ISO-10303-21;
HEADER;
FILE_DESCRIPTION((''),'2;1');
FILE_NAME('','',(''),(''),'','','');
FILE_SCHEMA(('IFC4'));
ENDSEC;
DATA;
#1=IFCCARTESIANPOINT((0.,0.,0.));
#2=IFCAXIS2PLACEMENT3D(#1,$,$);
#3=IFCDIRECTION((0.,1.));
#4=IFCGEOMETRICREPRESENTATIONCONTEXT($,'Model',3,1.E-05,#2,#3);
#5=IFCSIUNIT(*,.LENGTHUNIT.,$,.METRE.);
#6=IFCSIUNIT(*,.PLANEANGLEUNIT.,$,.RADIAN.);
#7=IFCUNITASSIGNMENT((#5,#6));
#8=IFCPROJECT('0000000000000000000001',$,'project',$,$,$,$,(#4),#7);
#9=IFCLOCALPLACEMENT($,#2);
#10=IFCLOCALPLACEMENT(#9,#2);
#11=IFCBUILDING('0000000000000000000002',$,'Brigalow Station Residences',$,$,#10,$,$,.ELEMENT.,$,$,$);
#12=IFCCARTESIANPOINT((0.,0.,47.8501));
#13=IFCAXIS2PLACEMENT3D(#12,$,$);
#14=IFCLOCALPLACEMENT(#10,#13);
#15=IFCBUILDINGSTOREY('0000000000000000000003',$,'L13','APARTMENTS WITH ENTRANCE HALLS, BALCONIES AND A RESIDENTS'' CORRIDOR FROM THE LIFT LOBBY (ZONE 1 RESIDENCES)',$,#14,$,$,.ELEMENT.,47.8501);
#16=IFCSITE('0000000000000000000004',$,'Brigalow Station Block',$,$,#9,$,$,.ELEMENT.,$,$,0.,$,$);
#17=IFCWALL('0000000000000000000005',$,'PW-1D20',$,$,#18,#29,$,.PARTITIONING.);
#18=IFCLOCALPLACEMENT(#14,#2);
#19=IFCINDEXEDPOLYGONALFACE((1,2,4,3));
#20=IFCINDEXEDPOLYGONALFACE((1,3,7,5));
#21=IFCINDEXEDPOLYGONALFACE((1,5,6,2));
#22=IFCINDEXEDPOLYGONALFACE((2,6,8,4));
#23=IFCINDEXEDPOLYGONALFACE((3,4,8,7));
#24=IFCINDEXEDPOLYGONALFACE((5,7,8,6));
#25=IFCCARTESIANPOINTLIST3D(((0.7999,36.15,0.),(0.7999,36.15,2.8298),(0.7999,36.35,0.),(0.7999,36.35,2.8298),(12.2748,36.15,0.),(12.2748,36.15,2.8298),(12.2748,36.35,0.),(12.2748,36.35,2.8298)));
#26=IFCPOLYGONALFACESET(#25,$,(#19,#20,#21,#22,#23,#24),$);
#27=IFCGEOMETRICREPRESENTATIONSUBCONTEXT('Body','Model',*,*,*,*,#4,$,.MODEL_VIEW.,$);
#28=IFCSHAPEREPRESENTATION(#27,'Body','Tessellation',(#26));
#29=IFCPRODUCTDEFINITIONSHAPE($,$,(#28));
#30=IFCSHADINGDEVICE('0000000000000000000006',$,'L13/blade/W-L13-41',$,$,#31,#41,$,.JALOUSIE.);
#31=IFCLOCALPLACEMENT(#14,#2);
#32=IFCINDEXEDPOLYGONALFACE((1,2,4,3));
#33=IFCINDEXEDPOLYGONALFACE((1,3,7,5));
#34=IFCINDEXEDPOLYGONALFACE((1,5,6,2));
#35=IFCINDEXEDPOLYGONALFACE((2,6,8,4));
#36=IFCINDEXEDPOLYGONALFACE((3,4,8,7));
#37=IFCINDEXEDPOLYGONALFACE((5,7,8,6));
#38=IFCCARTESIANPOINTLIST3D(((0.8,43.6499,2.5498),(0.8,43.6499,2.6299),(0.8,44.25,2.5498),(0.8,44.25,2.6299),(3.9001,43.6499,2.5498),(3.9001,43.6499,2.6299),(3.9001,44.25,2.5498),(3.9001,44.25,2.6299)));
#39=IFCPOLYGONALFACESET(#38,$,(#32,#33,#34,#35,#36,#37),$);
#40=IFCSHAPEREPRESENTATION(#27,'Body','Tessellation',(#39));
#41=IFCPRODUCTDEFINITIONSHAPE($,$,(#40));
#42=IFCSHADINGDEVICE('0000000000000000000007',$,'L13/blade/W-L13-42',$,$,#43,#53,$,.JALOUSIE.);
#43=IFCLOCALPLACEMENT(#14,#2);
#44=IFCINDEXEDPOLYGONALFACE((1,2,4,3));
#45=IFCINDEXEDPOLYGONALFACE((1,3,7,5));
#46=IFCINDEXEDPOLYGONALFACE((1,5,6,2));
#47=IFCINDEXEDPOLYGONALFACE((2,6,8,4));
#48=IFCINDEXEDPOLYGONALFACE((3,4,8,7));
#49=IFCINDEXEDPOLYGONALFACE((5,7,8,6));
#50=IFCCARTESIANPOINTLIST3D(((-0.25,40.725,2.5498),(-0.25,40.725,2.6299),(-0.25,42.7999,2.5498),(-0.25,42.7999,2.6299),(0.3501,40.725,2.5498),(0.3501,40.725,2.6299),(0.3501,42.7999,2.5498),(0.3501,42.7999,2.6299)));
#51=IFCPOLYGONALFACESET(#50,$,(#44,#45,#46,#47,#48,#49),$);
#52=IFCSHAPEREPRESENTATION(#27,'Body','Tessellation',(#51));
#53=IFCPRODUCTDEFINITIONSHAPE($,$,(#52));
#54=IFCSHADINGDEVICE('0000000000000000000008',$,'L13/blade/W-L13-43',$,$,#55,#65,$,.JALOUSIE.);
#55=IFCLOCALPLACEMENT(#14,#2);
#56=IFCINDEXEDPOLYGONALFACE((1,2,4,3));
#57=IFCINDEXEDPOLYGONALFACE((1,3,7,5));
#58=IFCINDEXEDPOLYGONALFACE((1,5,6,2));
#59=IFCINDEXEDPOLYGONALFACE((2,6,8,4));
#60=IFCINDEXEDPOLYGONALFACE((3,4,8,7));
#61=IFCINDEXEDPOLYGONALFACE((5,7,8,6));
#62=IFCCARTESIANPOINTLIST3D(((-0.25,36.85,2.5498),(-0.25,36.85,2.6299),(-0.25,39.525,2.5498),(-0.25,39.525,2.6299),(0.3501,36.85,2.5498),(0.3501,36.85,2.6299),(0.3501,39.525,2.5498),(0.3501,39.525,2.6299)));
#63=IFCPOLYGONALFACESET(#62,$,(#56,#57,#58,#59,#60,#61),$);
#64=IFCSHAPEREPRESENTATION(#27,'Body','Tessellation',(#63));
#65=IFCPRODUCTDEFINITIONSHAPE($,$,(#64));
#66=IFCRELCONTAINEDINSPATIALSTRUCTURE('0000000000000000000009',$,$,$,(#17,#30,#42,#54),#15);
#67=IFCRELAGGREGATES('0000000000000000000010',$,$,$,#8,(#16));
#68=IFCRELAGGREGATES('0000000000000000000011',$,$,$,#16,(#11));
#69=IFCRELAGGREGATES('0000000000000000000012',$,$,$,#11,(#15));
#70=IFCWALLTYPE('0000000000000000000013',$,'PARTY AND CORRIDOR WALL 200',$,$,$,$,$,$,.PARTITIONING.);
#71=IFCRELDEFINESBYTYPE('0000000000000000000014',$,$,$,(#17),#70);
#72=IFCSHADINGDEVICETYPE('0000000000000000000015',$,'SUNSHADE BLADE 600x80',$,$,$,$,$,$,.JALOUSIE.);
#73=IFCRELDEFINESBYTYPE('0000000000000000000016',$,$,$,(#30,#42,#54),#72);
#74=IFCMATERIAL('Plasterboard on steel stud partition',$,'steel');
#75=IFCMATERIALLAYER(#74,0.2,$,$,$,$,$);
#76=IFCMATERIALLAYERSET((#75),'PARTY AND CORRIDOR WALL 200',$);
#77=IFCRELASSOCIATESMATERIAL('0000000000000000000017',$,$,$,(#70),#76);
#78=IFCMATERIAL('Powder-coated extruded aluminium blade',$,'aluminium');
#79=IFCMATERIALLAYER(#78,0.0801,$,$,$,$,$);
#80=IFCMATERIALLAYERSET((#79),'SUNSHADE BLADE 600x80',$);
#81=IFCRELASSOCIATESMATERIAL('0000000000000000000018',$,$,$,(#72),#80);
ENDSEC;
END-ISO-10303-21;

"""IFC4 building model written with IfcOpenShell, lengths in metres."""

from ifc_helpers import new_model, si_unit, direction, frame, frame_2d, origin, origin_2d, place, context, subcontext, project, spatial, rectangle, extrude, material, layer, layer_set, type_object, element, save


model = new_model("IFC4")

# Units and contexts
model_context = context("Model", 3, precision=1e-05, world=origin(), true_north=direction((0.0, 1.0)))
body_context = subcontext(model_context, "Body", "Model", "MODEL_VIEW")
ifc_project = project(units=[si_unit("LENGTHUNIT", "METRE"), si_unit("PLANEANGLEUNIT", "RADIAN")], contexts=[model_context])

# Site, building, storey
site_placement = place(None, origin())
site = spatial("IfcSite", under=ifc_project, at=site_placement, Name="Brigalow Station Block", CompositionType="ELEMENT", RefElevation=0.0)
building_placement = place(site_placement, origin())
building = spatial("IfcBuilding", under=site, at=building_placement, Name="Brigalow Station Residences", CompositionType="ELEMENT")
storey_placement = place(building_placement, frame((0.0, 0.0, 47.8501)))
storey = spatial("IfcBuildingStorey", under=building, at=storey_placement, Name="L13", Description="APARTMENTS WITH ENTRANCE HALLS, BALCONIES AND A RESIDENTS' CORRIDOR FROM THE LIFT LOBBY (ZONE 1 RESIDENCES)", CompositionType="ELEMENT", Elevation=47.8501)

# Wall
ifc_material_1 = material(Name="Plasterboard on steel stud partition", Category="steel")
ifc_layer_1 = layer(ifc_material_1, 0.2)
ifc_layer_set_1 = layer_set([ifc_layer_1], Name="PARTY AND CORRIDOR WALL 200")
wall_type_1 = type_object("IfcWallType", Name="PARTY AND CORRIDOR WALL 200", PredefinedType="PARTITIONING", material=ifc_layer_set_1)
wall_1_placement = place(storey_placement, frame((0.8, 36.25, 0.0), z_axis=(0.0, 0.0, 1.0), x_axis=(1.0, 0.0, 0.0)))
element("IfcWall", 1, at=wall_1_placement, inside=storey, type_object=wall_type_1, Name="PW-1D20", PredefinedType="PARTITIONING", context=body_context, shape_type="SweptSolid", body=[
    extrude(rectangle(XDim=11.4749, YDim=0.2, at=frame_2d((5.7373, 0.0))), origin(), (0.0, 0.0, 1.0), 2.8298),
])

# Shading devices
ifc_material_2 = material(Name="Powder-coated extruded aluminium blade", Category="aluminium")
ifc_layer_2 = layer(ifc_material_2, 0.0801)
ifc_layer_set_2 = layer_set([ifc_layer_2], Name="SUNSHADE BLADE 600x80")
shading_device_type = type_object("IfcShadingDeviceType", Name="SUNSHADE BLADE 600x80", PredefinedType="JALOUSIE", material=ifc_layer_set_2)
shading_device_1_placement = place(storey_placement, frame((2.3501, 43.95, 2.5498), z_axis=(0.0, 0.0, 1.0), x_axis=(-1.0, 0.0, 0.0)))
element("IfcShadingDevice", 2, at=shading_device_1_placement, inside=storey, type_object=shading_device_type, Name="L13/blade/W-L13-41", PredefinedType="JALOUSIE", context=body_context, shape_type="SweptSolid", body=[
    extrude(rectangle(XDim=3.1001, YDim=0.6001, at=origin_2d()), origin(), (0.0, 0.0, 1.0), 0.0801),
])
shading_device_2_placement = place(storey_placement, frame((0.05, 41.7625, 2.5498), z_axis=(0.0, 0.0, 1.0), x_axis=(0.0, -1.0, 0.0)))
element("IfcShadingDevice", 3, at=shading_device_2_placement, inside=storey, type_object=shading_device_type, Name="L13/blade/W-L13-42", PredefinedType="JALOUSIE", context=body_context, shape_type="SweptSolid", body=[
    extrude(rectangle(XDim=2.075, YDim=0.6001, at=origin_2d()), origin(), (0.0, 0.0, 1.0), 0.0801),
])
shading_device_3_placement = place(storey_placement, frame((0.05, 38.1875, 2.5498), z_axis=(0.0, 0.0, 1.0), x_axis=(0.0, -1.0, 0.0)))
element("IfcShadingDevice", 4, at=shading_device_3_placement, inside=storey, type_object=shading_device_type, Name="L13/blade/W-L13-43", PredefinedType="JALOUSIE", context=body_context, shape_type="SweptSolid", body=[
    extrude(rectangle(XDim=2.675, YDim=0.6001, at=origin_2d()), origin(), (0.0, 0.0, 1.0), 0.0801),
])

save(model, "model.ifc")
